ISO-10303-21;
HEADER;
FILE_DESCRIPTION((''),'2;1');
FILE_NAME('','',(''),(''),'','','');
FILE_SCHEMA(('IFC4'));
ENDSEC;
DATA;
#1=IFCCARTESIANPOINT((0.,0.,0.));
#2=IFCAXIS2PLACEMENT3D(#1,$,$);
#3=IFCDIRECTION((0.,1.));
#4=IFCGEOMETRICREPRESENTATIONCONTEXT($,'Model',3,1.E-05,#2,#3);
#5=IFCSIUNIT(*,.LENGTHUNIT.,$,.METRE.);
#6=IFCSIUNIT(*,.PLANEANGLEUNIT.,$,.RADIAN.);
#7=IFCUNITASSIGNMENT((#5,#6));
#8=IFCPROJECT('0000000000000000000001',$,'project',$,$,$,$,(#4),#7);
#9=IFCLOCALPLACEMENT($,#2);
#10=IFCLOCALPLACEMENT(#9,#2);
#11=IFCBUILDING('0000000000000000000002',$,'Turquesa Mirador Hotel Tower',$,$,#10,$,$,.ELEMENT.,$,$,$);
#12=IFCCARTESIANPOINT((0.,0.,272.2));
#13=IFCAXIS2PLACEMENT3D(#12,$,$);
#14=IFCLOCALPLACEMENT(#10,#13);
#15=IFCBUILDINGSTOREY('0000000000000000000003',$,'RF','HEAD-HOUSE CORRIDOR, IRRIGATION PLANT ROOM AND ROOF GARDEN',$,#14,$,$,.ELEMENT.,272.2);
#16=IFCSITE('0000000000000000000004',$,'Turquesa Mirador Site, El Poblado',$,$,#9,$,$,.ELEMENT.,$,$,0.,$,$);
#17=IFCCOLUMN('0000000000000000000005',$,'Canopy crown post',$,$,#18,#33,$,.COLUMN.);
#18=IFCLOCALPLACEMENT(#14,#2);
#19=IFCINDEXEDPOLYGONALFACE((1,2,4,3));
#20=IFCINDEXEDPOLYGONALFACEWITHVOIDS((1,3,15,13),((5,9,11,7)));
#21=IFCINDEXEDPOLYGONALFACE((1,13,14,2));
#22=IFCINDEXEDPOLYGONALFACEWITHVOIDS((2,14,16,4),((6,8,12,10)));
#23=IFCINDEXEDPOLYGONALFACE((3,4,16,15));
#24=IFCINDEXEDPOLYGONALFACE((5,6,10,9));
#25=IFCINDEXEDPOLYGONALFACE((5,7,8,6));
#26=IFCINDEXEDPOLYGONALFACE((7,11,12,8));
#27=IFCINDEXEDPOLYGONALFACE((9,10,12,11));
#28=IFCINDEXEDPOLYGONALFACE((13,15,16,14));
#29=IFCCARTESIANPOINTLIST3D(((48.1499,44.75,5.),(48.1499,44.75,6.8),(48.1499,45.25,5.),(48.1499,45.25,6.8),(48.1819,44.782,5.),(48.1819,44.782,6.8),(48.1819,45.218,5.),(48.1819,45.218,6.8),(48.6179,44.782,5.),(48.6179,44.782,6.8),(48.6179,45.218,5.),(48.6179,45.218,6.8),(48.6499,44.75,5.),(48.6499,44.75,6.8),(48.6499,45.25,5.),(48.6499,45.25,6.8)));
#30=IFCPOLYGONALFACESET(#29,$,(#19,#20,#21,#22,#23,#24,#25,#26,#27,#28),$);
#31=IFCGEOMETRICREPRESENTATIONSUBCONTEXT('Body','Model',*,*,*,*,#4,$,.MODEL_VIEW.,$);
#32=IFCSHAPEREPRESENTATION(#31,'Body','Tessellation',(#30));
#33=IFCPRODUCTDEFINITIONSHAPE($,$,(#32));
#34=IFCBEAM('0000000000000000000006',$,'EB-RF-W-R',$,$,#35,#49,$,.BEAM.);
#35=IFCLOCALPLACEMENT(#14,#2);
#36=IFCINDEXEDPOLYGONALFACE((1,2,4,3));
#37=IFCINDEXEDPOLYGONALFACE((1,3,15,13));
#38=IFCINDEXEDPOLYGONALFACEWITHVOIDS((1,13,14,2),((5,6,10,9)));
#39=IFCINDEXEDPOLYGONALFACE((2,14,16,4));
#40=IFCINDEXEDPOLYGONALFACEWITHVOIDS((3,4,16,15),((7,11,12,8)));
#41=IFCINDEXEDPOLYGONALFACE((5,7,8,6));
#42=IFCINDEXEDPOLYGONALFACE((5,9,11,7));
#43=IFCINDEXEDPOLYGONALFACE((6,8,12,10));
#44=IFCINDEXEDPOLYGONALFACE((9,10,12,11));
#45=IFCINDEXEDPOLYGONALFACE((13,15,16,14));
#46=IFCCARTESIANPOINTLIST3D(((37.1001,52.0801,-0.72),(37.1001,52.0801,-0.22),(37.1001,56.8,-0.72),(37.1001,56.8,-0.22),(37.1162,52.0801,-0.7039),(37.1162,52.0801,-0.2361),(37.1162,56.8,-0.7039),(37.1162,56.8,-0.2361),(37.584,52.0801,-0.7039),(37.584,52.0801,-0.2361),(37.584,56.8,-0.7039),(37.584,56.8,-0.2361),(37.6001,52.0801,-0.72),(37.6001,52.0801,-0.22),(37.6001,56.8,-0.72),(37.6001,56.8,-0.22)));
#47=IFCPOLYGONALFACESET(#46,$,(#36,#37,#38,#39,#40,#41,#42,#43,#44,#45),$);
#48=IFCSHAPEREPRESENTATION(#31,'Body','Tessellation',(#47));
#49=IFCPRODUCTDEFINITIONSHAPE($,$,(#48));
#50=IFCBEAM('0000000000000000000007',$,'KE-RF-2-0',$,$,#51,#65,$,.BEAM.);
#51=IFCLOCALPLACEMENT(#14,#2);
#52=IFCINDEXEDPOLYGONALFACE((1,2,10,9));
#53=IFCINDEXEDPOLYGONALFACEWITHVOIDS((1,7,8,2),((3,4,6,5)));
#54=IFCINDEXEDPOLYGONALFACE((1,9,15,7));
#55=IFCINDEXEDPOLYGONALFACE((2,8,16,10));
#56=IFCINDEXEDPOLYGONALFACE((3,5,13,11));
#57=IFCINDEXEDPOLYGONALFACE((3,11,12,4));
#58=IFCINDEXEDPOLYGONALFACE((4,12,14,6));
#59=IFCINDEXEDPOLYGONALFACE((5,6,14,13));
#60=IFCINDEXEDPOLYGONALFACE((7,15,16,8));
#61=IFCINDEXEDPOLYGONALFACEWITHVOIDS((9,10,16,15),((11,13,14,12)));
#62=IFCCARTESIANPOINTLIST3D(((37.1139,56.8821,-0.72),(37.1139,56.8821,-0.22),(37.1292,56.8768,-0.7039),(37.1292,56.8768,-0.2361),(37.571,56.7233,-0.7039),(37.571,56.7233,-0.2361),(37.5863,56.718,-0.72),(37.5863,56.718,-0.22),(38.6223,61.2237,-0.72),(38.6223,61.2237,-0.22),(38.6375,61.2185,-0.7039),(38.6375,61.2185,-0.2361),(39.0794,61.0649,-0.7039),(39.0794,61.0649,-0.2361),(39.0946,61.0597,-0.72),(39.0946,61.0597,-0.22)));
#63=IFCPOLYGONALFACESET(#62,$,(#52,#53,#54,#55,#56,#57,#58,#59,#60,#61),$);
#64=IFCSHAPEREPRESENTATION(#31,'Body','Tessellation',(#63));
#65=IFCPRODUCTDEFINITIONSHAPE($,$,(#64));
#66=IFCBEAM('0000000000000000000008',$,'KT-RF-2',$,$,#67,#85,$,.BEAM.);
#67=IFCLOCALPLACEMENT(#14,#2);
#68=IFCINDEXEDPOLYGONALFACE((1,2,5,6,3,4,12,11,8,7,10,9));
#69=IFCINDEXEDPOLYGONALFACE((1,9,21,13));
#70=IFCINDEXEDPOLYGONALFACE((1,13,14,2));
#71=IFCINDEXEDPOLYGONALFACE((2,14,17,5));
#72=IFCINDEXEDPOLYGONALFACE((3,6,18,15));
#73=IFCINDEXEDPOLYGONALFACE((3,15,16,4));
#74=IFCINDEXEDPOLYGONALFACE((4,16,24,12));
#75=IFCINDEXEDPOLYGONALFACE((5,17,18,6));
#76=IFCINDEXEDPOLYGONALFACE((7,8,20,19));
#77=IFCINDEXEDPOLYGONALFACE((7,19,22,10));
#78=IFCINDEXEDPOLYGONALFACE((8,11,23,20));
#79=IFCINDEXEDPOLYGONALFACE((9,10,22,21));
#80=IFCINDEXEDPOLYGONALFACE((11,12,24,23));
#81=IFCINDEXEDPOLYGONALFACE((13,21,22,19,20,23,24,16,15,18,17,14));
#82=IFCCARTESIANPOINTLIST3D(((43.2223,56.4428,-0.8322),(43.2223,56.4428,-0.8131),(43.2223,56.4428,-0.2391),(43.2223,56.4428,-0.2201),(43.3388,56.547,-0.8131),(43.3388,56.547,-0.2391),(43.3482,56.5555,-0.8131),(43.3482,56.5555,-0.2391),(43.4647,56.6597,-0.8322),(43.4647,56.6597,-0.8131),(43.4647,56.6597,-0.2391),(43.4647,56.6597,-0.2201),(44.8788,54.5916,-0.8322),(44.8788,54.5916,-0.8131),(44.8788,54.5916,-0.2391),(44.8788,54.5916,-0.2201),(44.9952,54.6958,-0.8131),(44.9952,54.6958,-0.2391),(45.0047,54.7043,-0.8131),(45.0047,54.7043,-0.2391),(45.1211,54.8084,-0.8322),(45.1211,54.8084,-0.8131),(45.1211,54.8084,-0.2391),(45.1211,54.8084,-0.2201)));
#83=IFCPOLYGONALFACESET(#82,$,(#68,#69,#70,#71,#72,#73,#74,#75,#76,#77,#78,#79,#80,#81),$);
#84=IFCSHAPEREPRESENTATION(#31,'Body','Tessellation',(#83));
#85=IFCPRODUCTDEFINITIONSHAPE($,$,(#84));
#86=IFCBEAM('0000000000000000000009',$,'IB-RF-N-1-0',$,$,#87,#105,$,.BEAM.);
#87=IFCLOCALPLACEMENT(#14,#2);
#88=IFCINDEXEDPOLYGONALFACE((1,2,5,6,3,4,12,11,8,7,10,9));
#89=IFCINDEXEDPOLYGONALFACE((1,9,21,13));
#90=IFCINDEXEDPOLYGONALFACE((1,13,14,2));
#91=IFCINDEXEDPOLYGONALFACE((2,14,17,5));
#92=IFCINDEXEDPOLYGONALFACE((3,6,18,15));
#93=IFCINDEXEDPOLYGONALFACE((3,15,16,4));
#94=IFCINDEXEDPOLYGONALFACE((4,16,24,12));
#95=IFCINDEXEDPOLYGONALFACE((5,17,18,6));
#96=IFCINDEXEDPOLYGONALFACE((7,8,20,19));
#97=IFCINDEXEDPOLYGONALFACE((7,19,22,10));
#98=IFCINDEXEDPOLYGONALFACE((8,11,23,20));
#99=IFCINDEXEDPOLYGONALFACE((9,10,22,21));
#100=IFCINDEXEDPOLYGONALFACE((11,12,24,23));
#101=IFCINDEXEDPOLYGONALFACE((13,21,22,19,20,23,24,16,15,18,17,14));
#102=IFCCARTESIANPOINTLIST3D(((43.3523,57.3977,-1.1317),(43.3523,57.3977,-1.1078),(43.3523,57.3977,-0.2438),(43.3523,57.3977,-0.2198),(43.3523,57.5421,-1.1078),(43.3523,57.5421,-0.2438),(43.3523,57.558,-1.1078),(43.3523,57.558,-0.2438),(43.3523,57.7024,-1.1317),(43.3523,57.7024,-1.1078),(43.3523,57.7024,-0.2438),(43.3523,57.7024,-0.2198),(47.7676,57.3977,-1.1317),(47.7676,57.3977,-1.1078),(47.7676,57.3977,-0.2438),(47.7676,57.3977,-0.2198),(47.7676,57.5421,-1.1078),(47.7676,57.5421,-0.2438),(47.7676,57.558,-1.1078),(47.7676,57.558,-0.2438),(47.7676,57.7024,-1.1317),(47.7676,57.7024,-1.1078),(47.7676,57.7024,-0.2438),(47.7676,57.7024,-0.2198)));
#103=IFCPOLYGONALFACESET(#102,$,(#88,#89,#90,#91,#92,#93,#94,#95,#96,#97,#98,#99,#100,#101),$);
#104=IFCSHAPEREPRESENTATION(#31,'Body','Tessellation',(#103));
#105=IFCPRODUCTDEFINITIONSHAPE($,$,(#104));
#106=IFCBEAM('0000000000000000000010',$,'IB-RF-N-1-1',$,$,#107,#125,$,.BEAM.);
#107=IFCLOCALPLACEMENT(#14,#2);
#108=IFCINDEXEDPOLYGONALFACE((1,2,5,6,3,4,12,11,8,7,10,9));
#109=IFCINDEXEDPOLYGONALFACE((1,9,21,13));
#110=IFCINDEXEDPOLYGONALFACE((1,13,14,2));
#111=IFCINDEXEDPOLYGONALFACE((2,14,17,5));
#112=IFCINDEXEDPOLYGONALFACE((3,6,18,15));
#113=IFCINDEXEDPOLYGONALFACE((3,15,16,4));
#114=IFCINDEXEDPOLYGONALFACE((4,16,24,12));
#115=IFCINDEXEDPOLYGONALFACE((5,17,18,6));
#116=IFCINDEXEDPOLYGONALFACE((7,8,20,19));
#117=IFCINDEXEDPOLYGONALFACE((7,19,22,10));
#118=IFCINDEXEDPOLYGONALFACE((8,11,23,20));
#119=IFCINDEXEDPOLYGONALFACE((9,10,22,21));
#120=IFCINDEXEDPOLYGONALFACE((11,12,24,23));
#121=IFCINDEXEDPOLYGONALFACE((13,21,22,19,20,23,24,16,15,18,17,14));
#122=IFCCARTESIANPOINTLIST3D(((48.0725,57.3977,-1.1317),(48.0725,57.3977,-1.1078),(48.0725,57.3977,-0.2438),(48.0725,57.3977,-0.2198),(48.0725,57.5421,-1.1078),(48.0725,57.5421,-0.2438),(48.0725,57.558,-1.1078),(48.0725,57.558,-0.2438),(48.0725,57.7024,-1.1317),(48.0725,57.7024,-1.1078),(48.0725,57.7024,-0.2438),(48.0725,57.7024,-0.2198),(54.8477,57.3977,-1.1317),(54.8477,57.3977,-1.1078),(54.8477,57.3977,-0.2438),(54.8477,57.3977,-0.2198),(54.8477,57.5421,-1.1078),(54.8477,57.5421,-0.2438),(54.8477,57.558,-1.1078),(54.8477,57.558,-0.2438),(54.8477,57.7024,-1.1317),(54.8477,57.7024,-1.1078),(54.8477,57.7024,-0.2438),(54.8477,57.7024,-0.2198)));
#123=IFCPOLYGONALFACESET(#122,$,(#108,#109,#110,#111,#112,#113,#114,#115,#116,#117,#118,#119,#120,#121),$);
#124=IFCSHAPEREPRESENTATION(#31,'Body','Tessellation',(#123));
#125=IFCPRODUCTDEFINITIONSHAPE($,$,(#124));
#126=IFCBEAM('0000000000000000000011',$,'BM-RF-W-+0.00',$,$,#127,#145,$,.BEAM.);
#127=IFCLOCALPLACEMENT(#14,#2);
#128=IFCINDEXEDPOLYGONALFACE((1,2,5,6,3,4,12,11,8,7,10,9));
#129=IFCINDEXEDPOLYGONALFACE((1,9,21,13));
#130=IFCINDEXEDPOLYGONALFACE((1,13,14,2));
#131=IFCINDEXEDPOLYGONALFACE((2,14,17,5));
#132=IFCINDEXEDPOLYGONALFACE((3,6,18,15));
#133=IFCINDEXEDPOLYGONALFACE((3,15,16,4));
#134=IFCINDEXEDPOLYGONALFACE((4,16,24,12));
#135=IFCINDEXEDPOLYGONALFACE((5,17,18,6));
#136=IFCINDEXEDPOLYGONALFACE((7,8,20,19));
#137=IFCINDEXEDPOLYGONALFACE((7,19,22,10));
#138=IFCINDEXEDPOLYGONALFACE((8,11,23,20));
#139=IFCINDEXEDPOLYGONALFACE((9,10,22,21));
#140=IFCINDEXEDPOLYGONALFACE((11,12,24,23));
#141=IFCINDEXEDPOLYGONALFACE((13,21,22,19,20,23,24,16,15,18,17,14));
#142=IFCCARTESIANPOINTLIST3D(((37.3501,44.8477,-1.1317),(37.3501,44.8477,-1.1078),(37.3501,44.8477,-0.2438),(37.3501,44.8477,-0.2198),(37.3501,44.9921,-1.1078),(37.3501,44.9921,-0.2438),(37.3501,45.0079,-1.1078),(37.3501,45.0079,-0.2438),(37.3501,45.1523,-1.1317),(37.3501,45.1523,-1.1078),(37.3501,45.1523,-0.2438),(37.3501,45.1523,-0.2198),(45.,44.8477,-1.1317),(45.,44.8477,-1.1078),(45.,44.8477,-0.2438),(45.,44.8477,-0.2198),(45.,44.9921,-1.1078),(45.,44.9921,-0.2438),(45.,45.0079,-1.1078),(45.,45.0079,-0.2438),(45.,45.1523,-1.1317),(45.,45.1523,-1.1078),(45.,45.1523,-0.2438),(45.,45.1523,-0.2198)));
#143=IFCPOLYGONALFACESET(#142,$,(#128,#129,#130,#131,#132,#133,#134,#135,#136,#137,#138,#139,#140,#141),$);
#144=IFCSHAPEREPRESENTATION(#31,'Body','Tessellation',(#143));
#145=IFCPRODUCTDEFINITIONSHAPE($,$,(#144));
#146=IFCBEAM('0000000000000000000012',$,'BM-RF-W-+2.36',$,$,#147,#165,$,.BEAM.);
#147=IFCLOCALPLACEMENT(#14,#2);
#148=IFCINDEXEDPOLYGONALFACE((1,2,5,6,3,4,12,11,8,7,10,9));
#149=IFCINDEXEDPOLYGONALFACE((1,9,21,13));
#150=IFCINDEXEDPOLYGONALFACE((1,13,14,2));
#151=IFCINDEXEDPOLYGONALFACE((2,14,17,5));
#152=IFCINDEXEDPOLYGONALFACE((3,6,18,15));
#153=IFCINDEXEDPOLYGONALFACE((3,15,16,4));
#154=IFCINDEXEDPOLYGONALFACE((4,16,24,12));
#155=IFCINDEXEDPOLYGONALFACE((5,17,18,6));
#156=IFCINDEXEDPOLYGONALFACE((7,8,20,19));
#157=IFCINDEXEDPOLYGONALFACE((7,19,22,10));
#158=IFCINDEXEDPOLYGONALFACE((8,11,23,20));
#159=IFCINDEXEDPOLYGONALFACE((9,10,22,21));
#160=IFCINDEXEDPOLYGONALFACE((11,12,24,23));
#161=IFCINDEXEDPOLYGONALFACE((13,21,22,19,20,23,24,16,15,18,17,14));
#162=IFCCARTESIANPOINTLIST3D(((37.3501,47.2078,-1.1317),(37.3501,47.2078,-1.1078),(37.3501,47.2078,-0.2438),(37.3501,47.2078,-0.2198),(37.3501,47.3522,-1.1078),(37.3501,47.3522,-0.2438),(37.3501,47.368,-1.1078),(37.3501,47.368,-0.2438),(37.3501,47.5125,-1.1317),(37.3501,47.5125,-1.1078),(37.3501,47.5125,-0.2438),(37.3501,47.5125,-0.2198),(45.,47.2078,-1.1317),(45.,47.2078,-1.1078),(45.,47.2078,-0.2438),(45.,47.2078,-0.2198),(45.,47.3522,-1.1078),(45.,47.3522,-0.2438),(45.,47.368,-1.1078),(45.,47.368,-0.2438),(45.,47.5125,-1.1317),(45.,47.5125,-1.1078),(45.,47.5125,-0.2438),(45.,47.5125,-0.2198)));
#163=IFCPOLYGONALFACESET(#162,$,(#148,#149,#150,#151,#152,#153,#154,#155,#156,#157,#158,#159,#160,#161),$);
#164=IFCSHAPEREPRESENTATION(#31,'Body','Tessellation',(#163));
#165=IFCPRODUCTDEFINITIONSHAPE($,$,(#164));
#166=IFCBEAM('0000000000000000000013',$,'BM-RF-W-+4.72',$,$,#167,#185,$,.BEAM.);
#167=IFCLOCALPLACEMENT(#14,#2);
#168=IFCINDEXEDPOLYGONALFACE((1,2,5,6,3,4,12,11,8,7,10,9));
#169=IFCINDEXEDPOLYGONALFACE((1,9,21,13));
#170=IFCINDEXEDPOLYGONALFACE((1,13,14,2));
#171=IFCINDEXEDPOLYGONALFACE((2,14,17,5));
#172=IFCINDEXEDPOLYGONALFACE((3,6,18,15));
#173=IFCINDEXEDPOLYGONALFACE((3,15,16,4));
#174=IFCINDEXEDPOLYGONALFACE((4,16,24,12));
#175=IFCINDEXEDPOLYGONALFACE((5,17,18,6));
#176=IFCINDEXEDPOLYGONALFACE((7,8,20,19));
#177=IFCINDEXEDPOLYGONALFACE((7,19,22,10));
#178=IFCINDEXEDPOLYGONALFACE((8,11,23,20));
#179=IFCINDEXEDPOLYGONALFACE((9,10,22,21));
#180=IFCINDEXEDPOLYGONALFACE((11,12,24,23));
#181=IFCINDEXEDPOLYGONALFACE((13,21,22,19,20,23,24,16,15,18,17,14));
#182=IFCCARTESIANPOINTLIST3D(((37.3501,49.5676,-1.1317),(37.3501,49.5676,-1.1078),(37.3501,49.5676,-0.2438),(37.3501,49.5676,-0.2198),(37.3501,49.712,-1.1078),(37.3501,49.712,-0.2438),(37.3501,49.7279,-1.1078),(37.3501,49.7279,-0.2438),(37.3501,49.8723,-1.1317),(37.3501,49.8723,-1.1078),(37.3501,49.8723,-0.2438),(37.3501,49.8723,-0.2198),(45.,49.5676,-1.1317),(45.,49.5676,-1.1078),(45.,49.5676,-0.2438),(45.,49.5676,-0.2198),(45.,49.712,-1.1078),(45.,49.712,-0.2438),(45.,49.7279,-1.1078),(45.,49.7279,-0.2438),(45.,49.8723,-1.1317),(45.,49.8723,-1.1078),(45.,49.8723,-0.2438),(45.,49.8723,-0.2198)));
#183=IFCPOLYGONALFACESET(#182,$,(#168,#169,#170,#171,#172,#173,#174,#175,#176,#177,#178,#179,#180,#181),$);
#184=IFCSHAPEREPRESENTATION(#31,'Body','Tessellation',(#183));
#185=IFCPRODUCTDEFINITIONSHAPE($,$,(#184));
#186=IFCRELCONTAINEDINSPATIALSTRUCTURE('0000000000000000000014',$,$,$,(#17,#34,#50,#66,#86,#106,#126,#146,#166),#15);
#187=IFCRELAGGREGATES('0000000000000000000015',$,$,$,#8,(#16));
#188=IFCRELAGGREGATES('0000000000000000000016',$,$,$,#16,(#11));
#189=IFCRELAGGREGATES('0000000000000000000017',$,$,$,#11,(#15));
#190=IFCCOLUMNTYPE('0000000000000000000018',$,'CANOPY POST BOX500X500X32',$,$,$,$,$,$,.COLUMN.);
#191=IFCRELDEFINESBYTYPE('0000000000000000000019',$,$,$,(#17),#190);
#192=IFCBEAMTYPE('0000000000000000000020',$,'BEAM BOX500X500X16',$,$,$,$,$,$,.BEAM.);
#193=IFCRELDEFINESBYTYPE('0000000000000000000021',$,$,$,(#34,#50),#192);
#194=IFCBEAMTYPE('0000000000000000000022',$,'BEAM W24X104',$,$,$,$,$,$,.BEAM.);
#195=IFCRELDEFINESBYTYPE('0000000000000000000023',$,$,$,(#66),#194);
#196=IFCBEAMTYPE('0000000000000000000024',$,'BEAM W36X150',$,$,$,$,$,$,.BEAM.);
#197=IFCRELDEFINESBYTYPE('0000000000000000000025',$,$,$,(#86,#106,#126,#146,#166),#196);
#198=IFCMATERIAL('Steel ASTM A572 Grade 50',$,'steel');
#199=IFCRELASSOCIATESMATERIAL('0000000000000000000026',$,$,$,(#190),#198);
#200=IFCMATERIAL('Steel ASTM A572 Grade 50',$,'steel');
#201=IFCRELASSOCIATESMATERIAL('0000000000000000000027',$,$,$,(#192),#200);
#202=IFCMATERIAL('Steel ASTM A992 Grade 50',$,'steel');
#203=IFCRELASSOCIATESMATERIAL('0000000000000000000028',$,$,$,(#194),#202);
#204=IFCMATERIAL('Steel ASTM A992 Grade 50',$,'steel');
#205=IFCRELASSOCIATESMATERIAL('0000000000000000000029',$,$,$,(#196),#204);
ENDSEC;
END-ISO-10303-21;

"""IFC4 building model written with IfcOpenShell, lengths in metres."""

from ifc_helpers import new_model, si_unit, direction, frame, origin, origin_2d, place, context, subcontext, project, spatial, hollow_rectangle, i_section, extrude, material, material_profile, profile_set, type_object, element, save


model = new_model("IFC4")

# Units and contexts
model_context = context("Model", 3, precision=1e-05, world=origin(), true_north=direction((0.0, 1.0)))
body_context = subcontext(model_context, "Body", "Model", "MODEL_VIEW")
ifc_project = project(units=[si_unit("LENGTHUNIT", "METRE"), si_unit("PLANEANGLEUNIT", "RADIAN")], contexts=[model_context])

# Site, building, storey
site_placement = place(None, origin())
site = spatial("IfcSite", under=ifc_project, at=site_placement, Name="Turquesa Mirador Site, El Poblado", CompositionType="ELEMENT", RefElevation=0.0)
building_placement = place(site_placement, origin())
building = spatial("IfcBuilding", under=site, at=building_placement, Name="Turquesa Mirador Hotel Tower", CompositionType="ELEMENT")
storey_placement = place(building_placement, frame((0.0, 0.0, 272.2)))
storey = spatial("IfcBuildingStorey", under=building, at=storey_placement, Name="RF", Description="HEAD-HOUSE CORRIDOR, IRRIGATION PLANT ROOM AND ROOF GARDEN", CompositionType="ELEMENT", Elevation=272.2)

# Column
ifc_material_1 = material(Name="Steel ASTM A572 Grade 50", Category="steel")
ifc_material_profile_1 = material_profile(ifc_material_1, hollow_rectangle(XDim=0.5, YDim=0.5, WallThickness=0.032, at=origin_2d()), Name="BOX500X500X32")
ifc_profile_set_1 = profile_set([ifc_material_profile_1], Name="Steel ASTM A572 Grade 50")
column_type = type_object("IfcColumnType", Name="CANOPY POST BOX500X500X32", PredefinedType="COLUMN", material=ifc_profile_set_1)
column_placement = place(storey_placement, frame((48.3999, 45.0, 5.0), z_axis=(0.0, 0.0, 1.0), x_axis=(1.0, 0.0, 0.0)))
element("IfcColumn", 1, at=column_placement, inside=storey, type_object=column_type, Name="Canopy crown post", PredefinedType="COLUMN", context=body_context, shape_type="SweptSolid", body=[
    extrude(hollow_rectangle(XDim=0.5, YDim=0.5, WallThickness=0.032, at=origin_2d()), origin(), (0.0, 0.0, 1.0), 1.8),
])

# Beams
ifc_material_2 = material(Name="Steel ASTM A572 Grade 50", Category="steel")
ifc_material_profile_2 = material_profile(ifc_material_2, hollow_rectangle(XDim=0.5, YDim=0.5, WallThickness=0.0161, at=origin_2d()), Name="BOX500X500X16")
ifc_profile_set_2 = profile_set([ifc_material_profile_2], Name="Steel ASTM A572 Grade 50")
beam_type_1 = type_object("IfcBeamType", Name="BEAM BOX500X500X16", PredefinedType="BEAM", material=ifc_profile_set_2)
beam_1_placement = place(storey_placement, frame((37.3501, 52.0801, -0.47), z_axis=(0.0, 1.0, 0.0), x_axis=(-1.0, 0.0, 0.0)))
element("IfcBeam", 2, at=beam_1_placement, inside=storey, type_object=beam_type_1, Name="EB-RF-W-R", PredefinedType="BEAM", context=body_context, shape_type="SweptSolid", body=[
    extrude(hollow_rectangle(XDim=0.5, YDim=0.5, WallThickness=0.0161, at=origin_2d()), origin(), (0.0, 0.0, 1.0), 4.72),
])
beam_2_placement = place(storey_placement, frame((37.3501, 56.8, -0.47), z_axis=(0.32817, 0.944619, 0.0), x_axis=(-0.944619, 0.32817, 0.0)))
element("IfcBeam", 3, at=beam_2_placement, inside=storey, type_object=beam_type_1, Name="KE-RF-2-0", PredefinedType="BEAM", context=body_context, shape_type="SweptSolid", body=[
    extrude(hollow_rectangle(XDim=0.5, YDim=0.5, WallThickness=0.0161, at=origin_2d()), origin(), (0.0, 0.0, 1.0), 4.5962),
])
ifc_material_3 = material(Name="Steel ASTM A992 Grade 50", Category="steel")
ifc_material_profile_3 = material_profile(ifc_material_3, i_section(OverallWidth=0.3252, OverallDepth=0.6121, WebThickness=0.0127, FlangeThickness=0.019, at=origin_2d()), Name="W24X104")
ifc_profile_set_3 = profile_set([ifc_material_profile_3], Name="Steel ASTM A992 Grade 50")
beam_type_2 = type_object("IfcBeamType", Name="BEAM W24X104", PredefinedType="BEAM", material=ifc_profile_set_3)
beam_3_placement = place(storey_placement, frame((43.3435, 56.5513, -0.5261), z_axis=(0.666806, -0.745231, 0.0), x_axis=(0.745231, 0.666806, 0.0)))
element("IfcBeam", 4, at=beam_3_placement, inside=storey, type_object=beam_type_2, Name="KT-RF-2", PredefinedType="BEAM", context=body_context, shape_type="SweptSolid", body=[
    extrude(i_section(OverallWidth=0.3252, OverallDepth=0.6121, WebThickness=0.0127, FlangeThickness=0.019, at=origin_2d()), origin(), (0.0, 0.0, 1.0), 2.4841),
])
ifc_material_4 = material(Name="Steel ASTM A992 Grade 50", Category="steel")
ifc_material_profile_4 = material_profile(ifc_material_4, i_section(OverallWidth=0.3047, OverallDepth=0.9119, WebThickness=0.0159, FlangeThickness=0.0239, at=origin_2d()), Name="W36X150")
ifc_profile_set_4 = profile_set([ifc_material_profile_4], Name="Steel ASTM A992 Grade 50")
beam_type_3 = type_object("IfcBeamType", Name="BEAM W36X150", PredefinedType="BEAM", material=ifc_profile_set_4)
beam_4_placement = place(storey_placement, frame((43.3523, 57.55, -0.6758), z_axis=(1.0, 0.0, 0.0), x_axis=(0.0, 1.0, 0.0)))
element("IfcBeam", 5, at=beam_4_placement, inside=storey, type_object=beam_type_3, Name="IB-RF-N-1-0", PredefinedType="BEAM", context=body_context, shape_type="SweptSolid", body=[
    extrude(i_section(OverallWidth=0.3047, OverallDepth=0.9119, WebThickness=0.0159, FlangeThickness=0.0239, at=origin_2d()), origin(), (0.0, 0.0, 1.0), 4.4153),
])
beam_5_placement = place(storey_placement, frame((48.0725, 57.55, -0.6758), z_axis=(1.0, 0.0, 0.0), x_axis=(0.0, 1.0, 0.0)))
element("IfcBeam", 6, at=beam_5_placement, inside=storey, type_object=beam_type_3, Name="IB-RF-N-1-1", PredefinedType="BEAM", context=body_context, shape_type="SweptSolid", body=[
    extrude(i_section(OverallWidth=0.3047, OverallDepth=0.9119, WebThickness=0.0159, FlangeThickness=0.0239, at=origin_2d()), origin(), (0.0, 0.0, 1.0), 6.7751),
])
for number, where, z_axis, x_axis, name in (
    (7, (37.3501, 45.0, -0.6758), (1.0, 0.0, 0.0), (0.0, 1.0, 0.0), "BM-RF-W-+0.00"),
    (8, (37.3501, 47.3601, -0.6758), (1.0, 0.0, 0.0), (0.0, 1.0, 0.0), "BM-RF-W-+2.36"),
    (9, (37.3501, 49.72, -0.6758), (1.0, 0.0, 0.0), (0.0, 1.0, 0.0), "BM-RF-W-+4.72"),
):
    element("IfcBeam", number, at=place(storey_placement, frame(where, z_axis=z_axis, x_axis=x_axis)), inside=storey, type_object=beam_type_3, Name=name, PredefinedType="BEAM", context=body_context, shape_type="SweptSolid", body=[
        extrude(i_section(OverallWidth=0.3047, OverallDepth=0.9119, WebThickness=0.0159, FlangeThickness=0.0239, at=origin_2d()), origin(), (0.0, 0.0, 1.0), 7.6499),
    ])

save(model, "model.ifc")
